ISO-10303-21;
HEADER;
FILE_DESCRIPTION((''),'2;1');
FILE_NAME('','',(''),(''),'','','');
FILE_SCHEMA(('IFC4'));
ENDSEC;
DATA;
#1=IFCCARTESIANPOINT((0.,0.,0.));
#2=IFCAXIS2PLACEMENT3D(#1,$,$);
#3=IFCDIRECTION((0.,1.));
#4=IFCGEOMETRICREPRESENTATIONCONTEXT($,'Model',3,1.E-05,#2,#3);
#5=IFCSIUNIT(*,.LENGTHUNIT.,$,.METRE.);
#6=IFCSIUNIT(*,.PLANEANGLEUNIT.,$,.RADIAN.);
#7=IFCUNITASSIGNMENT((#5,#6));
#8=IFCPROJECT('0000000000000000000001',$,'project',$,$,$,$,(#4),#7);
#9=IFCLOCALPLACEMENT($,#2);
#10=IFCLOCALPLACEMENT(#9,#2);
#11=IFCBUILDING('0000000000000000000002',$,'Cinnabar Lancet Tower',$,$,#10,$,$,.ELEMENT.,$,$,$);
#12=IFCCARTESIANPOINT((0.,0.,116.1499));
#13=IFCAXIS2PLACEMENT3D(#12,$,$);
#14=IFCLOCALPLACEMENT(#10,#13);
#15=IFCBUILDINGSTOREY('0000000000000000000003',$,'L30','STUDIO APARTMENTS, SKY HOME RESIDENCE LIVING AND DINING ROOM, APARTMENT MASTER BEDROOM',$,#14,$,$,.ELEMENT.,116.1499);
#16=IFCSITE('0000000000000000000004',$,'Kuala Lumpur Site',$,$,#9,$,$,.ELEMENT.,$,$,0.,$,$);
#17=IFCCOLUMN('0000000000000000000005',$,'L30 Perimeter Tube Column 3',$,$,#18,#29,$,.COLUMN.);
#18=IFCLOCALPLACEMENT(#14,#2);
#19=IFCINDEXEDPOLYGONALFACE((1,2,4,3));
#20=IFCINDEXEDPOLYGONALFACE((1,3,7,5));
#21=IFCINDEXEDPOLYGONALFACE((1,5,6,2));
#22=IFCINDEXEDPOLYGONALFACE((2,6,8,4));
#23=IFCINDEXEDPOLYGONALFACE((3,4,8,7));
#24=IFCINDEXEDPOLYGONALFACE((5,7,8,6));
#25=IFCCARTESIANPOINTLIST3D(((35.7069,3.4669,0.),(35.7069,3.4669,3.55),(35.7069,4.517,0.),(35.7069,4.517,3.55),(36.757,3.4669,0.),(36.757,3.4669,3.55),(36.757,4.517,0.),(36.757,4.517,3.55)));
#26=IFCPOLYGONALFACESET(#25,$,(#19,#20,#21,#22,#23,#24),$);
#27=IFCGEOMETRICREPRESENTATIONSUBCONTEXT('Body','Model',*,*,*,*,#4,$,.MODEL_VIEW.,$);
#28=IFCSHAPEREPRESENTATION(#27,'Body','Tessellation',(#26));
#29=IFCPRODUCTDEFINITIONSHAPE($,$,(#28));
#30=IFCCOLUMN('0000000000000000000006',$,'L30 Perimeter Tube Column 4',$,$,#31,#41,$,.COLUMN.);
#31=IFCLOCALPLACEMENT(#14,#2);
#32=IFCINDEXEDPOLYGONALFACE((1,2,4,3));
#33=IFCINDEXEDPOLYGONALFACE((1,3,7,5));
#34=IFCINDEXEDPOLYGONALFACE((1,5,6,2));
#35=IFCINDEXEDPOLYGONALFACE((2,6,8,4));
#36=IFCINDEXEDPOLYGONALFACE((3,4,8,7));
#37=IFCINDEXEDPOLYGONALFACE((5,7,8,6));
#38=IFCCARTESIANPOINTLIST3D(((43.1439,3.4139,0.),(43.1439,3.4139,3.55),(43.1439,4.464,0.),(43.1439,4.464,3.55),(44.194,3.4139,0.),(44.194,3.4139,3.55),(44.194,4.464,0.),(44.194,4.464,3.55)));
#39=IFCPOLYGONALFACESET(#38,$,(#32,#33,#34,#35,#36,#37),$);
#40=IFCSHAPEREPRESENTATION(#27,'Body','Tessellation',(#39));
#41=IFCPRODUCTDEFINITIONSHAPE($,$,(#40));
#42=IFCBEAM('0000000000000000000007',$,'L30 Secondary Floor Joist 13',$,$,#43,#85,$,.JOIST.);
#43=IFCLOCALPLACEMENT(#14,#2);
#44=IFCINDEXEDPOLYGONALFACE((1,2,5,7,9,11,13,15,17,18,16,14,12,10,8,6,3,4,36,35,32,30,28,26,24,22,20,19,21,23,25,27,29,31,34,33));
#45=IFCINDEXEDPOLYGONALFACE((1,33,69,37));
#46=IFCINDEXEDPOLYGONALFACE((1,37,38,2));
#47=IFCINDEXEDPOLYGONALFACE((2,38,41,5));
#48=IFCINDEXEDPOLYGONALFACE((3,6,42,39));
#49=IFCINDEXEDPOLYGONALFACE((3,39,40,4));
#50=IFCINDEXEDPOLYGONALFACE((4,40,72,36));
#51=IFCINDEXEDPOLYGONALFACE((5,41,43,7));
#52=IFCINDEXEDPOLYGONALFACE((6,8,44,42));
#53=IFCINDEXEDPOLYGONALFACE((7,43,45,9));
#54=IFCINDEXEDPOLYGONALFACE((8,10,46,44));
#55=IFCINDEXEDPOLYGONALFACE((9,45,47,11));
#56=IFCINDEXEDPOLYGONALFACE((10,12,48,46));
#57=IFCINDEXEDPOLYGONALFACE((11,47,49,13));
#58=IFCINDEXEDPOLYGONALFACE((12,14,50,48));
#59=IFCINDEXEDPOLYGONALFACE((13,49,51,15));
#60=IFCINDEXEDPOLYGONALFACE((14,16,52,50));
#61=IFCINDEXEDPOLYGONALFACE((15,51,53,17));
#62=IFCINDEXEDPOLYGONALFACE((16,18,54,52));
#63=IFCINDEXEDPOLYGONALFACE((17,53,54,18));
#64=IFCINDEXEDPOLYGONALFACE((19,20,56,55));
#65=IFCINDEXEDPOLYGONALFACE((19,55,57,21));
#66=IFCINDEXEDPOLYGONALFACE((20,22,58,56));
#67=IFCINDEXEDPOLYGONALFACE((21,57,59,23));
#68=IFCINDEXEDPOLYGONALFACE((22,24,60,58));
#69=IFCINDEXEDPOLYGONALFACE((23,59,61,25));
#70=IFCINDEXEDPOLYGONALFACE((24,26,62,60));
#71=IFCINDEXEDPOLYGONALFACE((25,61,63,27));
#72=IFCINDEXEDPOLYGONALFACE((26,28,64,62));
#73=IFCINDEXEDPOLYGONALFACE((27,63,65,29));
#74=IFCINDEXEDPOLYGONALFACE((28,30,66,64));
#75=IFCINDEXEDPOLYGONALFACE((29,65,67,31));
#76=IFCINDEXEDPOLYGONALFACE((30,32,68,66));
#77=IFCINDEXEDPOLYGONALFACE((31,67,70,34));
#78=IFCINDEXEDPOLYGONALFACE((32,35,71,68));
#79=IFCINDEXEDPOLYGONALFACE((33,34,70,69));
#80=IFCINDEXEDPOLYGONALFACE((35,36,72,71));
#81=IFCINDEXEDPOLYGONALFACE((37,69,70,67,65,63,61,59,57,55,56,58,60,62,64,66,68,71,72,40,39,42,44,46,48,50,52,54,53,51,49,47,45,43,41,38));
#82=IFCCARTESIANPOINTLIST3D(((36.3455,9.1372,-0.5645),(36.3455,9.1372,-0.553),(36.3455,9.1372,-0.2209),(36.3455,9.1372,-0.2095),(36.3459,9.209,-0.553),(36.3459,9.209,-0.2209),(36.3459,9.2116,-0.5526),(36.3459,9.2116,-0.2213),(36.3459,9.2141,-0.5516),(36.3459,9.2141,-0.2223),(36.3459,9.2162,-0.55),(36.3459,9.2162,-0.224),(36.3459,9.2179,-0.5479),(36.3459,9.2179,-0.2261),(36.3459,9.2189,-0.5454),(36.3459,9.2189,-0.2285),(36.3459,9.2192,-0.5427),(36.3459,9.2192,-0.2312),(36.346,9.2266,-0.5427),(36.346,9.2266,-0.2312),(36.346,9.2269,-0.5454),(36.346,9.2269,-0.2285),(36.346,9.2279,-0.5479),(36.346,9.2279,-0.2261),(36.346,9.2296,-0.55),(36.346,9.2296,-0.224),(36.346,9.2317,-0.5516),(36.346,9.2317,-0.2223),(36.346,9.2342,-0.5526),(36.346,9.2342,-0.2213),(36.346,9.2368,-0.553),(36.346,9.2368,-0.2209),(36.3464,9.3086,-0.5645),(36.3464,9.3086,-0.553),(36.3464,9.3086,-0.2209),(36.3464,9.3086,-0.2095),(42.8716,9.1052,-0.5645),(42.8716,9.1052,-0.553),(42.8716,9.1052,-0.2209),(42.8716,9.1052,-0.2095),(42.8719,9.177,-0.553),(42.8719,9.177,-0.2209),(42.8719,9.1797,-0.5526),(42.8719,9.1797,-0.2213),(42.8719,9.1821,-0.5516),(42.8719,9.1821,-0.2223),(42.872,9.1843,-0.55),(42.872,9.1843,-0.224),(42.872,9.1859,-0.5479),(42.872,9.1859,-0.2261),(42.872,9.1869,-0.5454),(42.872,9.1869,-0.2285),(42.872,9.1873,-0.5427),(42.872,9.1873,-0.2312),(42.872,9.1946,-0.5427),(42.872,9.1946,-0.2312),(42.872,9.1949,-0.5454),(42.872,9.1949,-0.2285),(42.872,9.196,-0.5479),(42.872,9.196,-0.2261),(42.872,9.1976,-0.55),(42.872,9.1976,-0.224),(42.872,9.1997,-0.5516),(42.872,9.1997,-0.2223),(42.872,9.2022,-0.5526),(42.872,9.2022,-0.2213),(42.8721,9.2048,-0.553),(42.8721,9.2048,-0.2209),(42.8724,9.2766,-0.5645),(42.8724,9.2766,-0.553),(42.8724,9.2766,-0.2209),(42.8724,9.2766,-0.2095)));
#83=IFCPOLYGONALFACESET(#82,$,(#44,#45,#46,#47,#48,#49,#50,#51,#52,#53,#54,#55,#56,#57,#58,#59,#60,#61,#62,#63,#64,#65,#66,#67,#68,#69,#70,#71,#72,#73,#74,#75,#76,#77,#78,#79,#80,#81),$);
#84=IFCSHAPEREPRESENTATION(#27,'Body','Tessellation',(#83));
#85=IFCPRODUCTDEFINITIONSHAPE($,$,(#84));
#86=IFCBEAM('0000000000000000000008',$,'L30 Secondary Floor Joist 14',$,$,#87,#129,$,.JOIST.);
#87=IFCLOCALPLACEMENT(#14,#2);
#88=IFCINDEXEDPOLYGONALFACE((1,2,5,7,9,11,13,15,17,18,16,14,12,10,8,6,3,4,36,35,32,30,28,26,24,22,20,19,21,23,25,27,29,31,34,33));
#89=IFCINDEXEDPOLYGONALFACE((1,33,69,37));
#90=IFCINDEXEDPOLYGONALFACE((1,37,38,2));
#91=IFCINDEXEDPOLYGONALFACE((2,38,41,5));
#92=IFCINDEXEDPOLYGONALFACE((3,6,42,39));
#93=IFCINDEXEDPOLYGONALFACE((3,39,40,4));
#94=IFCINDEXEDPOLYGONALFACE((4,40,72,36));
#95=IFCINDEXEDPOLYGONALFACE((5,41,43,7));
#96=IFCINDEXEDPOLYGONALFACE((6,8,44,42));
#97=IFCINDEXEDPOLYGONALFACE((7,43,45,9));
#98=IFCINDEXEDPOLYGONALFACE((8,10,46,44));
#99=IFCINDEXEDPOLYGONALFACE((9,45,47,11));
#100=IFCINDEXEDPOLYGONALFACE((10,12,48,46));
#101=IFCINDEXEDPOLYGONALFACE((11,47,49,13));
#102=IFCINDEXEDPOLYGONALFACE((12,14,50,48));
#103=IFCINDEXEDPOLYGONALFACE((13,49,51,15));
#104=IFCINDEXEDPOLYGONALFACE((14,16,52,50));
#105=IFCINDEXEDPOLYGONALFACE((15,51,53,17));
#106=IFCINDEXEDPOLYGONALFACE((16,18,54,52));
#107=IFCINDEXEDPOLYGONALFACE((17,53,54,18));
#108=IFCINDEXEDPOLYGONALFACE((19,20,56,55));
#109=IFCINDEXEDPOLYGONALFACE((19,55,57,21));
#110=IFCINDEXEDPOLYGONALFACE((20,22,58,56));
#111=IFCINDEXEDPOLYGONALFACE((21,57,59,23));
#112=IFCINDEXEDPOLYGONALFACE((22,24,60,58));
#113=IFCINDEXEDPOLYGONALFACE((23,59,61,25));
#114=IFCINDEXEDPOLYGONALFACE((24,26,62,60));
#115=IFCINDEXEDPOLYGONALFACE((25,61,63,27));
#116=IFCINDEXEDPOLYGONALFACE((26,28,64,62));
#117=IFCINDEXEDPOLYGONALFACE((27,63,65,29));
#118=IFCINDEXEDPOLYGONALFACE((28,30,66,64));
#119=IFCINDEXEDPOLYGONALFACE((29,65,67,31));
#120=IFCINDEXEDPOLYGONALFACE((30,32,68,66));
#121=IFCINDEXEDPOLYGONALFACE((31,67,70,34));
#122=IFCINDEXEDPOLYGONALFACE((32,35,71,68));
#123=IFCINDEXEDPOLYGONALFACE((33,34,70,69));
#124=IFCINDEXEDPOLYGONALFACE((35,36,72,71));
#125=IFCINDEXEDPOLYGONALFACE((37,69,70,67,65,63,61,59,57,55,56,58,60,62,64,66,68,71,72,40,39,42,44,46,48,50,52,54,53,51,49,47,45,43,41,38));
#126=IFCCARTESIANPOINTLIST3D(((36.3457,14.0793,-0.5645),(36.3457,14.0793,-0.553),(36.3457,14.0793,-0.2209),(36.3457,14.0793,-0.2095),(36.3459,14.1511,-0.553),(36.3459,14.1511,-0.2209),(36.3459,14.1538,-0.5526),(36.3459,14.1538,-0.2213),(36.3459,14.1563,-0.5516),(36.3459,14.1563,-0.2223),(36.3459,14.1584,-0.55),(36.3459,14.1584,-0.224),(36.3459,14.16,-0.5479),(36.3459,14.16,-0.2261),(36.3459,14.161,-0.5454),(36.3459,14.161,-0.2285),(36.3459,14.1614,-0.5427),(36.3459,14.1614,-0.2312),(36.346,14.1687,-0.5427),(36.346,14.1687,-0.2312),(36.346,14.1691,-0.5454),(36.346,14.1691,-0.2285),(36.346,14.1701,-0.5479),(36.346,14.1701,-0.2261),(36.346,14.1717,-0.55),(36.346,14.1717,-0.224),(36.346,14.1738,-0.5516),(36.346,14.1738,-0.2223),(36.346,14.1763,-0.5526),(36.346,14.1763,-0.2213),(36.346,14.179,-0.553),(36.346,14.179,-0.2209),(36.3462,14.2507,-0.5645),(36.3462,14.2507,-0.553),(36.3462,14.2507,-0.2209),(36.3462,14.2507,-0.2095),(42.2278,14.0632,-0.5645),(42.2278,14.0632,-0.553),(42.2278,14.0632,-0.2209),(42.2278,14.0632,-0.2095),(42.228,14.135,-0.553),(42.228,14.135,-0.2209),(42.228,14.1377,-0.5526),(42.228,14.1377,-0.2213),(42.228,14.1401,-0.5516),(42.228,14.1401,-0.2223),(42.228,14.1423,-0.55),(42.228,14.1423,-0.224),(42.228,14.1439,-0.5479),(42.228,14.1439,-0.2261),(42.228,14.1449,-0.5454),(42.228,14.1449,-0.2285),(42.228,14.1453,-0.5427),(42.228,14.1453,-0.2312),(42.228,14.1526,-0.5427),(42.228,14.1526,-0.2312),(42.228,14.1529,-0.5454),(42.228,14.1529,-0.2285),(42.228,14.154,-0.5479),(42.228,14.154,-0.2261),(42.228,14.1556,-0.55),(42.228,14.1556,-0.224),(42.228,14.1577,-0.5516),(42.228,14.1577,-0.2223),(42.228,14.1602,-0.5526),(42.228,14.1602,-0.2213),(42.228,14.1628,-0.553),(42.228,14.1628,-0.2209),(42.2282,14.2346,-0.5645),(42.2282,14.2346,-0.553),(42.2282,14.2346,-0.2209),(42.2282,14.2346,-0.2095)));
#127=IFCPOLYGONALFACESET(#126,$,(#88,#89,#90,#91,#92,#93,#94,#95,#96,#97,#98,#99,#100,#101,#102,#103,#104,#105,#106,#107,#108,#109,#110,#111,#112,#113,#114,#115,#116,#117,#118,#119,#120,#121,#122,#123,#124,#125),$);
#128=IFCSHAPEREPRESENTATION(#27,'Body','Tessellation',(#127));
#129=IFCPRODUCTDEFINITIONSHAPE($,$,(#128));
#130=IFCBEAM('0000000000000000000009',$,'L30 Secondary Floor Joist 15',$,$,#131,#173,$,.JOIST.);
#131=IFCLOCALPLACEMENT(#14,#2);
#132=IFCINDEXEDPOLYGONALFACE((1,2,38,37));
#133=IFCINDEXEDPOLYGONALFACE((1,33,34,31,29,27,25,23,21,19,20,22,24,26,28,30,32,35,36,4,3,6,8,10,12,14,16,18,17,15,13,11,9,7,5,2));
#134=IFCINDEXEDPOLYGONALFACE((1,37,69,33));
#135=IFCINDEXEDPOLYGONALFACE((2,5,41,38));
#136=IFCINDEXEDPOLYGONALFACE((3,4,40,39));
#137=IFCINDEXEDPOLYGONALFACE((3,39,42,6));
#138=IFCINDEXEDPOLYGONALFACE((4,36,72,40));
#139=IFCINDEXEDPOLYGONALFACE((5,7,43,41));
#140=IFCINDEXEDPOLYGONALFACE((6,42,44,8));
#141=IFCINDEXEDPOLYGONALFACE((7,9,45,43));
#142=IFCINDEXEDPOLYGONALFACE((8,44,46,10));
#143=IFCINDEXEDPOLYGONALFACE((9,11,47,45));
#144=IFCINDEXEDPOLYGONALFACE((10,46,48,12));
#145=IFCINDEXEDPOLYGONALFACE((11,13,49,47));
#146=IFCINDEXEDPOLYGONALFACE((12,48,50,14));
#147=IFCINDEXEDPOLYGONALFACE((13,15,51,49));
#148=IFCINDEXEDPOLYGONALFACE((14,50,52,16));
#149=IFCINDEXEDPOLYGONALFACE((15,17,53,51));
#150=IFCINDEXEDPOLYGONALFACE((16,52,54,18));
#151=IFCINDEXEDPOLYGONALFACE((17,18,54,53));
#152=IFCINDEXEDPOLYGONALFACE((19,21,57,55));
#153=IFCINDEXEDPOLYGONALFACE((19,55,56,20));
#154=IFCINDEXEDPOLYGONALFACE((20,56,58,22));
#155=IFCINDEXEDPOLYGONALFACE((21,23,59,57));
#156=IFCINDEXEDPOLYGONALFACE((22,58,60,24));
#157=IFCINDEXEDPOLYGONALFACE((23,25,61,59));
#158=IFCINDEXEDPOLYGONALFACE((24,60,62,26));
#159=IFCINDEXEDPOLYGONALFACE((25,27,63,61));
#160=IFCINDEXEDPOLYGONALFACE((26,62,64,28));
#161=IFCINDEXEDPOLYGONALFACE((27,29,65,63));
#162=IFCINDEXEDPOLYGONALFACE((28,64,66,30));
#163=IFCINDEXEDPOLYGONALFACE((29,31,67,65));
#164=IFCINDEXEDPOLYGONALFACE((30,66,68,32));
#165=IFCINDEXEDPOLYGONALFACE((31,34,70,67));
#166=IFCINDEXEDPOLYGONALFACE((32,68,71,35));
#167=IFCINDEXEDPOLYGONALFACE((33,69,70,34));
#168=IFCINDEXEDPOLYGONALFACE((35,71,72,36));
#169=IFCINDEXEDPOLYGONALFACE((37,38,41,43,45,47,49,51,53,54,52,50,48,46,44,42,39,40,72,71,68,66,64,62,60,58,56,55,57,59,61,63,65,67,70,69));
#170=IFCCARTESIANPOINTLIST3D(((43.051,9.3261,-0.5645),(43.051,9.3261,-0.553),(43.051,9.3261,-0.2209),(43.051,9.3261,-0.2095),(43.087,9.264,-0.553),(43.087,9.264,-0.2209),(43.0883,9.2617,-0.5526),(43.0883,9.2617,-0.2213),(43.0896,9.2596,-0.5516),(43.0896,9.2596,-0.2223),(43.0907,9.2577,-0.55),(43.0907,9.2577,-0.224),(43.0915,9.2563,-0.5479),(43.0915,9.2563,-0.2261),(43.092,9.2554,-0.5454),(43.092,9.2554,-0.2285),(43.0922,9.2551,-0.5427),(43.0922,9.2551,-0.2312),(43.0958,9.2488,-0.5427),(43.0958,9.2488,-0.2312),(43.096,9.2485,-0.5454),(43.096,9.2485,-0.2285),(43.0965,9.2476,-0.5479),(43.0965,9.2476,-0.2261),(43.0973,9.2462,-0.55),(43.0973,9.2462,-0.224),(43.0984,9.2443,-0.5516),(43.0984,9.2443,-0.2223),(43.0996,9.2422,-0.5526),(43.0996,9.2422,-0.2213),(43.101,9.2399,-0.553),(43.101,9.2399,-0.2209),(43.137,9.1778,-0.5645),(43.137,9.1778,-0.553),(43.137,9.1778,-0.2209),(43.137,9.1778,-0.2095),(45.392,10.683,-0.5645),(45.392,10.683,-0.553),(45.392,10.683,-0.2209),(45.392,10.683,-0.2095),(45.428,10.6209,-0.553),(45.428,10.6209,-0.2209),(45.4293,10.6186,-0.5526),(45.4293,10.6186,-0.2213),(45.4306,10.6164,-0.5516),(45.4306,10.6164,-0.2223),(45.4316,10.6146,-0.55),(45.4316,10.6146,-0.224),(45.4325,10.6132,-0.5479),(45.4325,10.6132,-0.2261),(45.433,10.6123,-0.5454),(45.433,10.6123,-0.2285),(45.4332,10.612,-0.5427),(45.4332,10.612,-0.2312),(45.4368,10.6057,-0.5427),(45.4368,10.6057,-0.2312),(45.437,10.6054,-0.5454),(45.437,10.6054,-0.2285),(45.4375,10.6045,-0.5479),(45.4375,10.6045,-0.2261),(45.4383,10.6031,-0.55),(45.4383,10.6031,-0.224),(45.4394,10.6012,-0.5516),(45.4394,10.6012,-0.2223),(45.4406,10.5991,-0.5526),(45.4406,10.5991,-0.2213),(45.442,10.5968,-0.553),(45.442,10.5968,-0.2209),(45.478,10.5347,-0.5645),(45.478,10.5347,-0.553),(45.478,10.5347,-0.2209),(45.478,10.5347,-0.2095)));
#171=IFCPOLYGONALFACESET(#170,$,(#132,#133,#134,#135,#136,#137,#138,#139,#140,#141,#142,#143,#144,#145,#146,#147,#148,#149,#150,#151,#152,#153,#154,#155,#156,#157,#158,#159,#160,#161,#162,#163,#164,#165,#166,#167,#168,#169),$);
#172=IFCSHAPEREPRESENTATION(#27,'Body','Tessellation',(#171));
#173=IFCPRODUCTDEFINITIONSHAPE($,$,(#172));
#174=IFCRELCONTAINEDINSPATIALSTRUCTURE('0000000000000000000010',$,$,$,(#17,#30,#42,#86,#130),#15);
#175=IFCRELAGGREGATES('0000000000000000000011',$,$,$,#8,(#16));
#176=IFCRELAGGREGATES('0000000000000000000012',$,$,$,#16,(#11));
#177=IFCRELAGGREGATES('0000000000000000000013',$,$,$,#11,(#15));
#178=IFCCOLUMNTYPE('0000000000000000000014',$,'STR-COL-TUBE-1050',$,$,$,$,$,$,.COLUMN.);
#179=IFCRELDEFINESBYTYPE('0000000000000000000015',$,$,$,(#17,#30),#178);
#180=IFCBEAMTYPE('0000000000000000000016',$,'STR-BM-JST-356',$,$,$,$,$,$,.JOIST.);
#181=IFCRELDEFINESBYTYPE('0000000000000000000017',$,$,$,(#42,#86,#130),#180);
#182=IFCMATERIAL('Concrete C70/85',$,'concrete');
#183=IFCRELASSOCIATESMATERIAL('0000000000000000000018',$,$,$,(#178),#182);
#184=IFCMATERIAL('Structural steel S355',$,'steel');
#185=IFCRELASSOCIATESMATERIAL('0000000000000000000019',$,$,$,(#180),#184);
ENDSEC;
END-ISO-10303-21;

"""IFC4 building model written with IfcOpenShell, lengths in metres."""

from ifc_helpers import new_model, si_unit, direction, frame, origin, origin_2d, place, context, subcontext, project, spatial, rectangle, i_section, extrude, material, material_profile, profile_set, type_object, element, save


model = new_model("IFC4")

# Units and contexts
model_context = context("Model", 3, precision=1e-05, world=origin(), true_north=direction((0.0, 1.0)))
body_context = subcontext(model_context, "Body", "Model", "MODEL_VIEW")
ifc_project = project(units=[si_unit("LENGTHUNIT", "METRE"), si_unit("PLANEANGLEUNIT", "RADIAN")], contexts=[model_context])

# Site, building, storey
site_placement = place(None, origin())
site = spatial("IfcSite", under=ifc_project, at=site_placement, Name="Kuala Lumpur Site", CompositionType="ELEMENT", RefElevation=0.0)
building_placement = place(site_placement, origin())
building = spatial("IfcBuilding", under=site, at=building_placement, Name="Cinnabar Lancet Tower", CompositionType="ELEMENT")
storey_placement = place(building_placement, frame((0.0, 0.0, 116.1499)))
storey = spatial("IfcBuildingStorey", under=building, at=storey_placement, Name="L30", Description="STUDIO APARTMENTS, SKY HOME RESIDENCE LIVING AND DINING ROOM, APARTMENT MASTER BEDROOM", CompositionType="ELEMENT", Elevation=116.1499)

# Columns
ifc_material_1 = material(Name="Concrete C70/85", Category="concrete")
ifc_material_profile_1 = material_profile(ifc_material_1, rectangle(XDim=1.05, YDim=1.05, at=origin_2d()), Name="RC-COL 1050x1050")
ifc_profile_set_1 = profile_set([ifc_material_profile_1], Name="Concrete C70/85")
column_type = type_object("IfcColumnType", Name="STR-COL-TUBE-1050", PredefinedType="COLUMN", material=ifc_profile_set_1)
for number, where, z_axis, x_axis, name in (
    (1, (36.2319, 3.9919, 0.0), (0.0, 0.0, 1.0), (1.0, 0.0, 0.0), "L30 Perimeter Tube Column 3"),
    (2, (43.6689, 3.939, 0.0), (0.0, 0.0, 1.0), (1.0, 0.0, 0.0), "L30 Perimeter Tube Column 4"),
):
    element("IfcColumn", number, at=place(storey_placement, frame(where, z_axis=z_axis, x_axis=x_axis)), inside=storey, type_object=column_type, Name=name, PredefinedType="COLUMN", context=body_context, shape_type="SweptSolid", body=[
        extrude(rectangle(XDim=1.05, YDim=1.05, at=origin_2d()), origin(), (0.0, 0.0, 1.0), 3.55),
    ])

# Beams
ifc_material_2 = material(Name="Structural steel S355", Category="steel")
ifc_material_profile_2 = material_profile(ifc_material_2, i_section(OverallWidth=0.1714, OverallDepth=0.355, WebThickness=0.0073, FlangeThickness=0.0115, FilletRadius=0.0103, at=origin_2d()), Name="UKB 356x171x51")
ifc_profile_set_2 = profile_set([ifc_material_profile_2], Name="Structural steel S355")
beam_type_1 = type_object("IfcBeamType", Name="STR-BM-JST-356", PredefinedType="JOIST", material=ifc_profile_set_2)
beam_1_placement = place(storey_placement, frame((36.3459, 9.2229, -0.387), z_axis=(0.999988, -0.004901, 0.0), x_axis=(0.004901, 0.999988, 0.0)))
element("IfcBeam", 3, at=beam_1_placement, inside=storey, type_object=beam_type_1, Name="L30 Secondary Floor Joist 13", PredefinedType="JOIST", context=body_context, shape_type="SweptSolid", body=[
    extrude(i_section(OverallWidth=0.1714, OverallDepth=0.355, WebThickness=0.0073, FlangeThickness=0.0115, FilletRadius=0.0103, at=origin_2d()), origin(), (0.0, 0.0, 1.0), 6.5261),
])
beam_2_placement = place(storey_placement, frame((36.3459, 14.165, -0.387), z_axis=(0.999996, -0.002739, 0.0), x_axis=(0.002739, 0.999996, 0.0)))
element("IfcBeam", 4, at=beam_2_placement, inside=storey, type_object=beam_type_1, Name="L30 Secondary Floor Joist 14", PredefinedType="JOIST", context=body_context, shape_type="SweptSolid", body=[
    extrude(i_section(OverallWidth=0.1714, OverallDepth=0.355, WebThickness=0.0073, FlangeThickness=0.0115, FilletRadius=0.0103, at=origin_2d()), origin(), (0.0, 0.0, 1.0), 5.8821),
])
beam_3_placement = place(storey_placement, frame((43.094, 9.252, -0.387), z_axis=(0.865173, 0.501474, 0.0), x_axis=(-0.501474, 0.865173, 0.0)))
element("IfcBeam", 5, at=beam_3_placement, inside=storey, type_object=beam_type_1, Name="L30 Secondary Floor Joist 15", PredefinedType="JOIST", context=body_context, shape_type="SweptSolid", body=[
    extrude(i_section(OverallWidth=0.1714, OverallDepth=0.355, WebThickness=0.0073, FlangeThickness=0.0115, FilletRadius=0.0103, at=origin_2d()), origin(), (0.0, 0.0, 1.0), 2.7058),
])

save(model, "model.ifc")
